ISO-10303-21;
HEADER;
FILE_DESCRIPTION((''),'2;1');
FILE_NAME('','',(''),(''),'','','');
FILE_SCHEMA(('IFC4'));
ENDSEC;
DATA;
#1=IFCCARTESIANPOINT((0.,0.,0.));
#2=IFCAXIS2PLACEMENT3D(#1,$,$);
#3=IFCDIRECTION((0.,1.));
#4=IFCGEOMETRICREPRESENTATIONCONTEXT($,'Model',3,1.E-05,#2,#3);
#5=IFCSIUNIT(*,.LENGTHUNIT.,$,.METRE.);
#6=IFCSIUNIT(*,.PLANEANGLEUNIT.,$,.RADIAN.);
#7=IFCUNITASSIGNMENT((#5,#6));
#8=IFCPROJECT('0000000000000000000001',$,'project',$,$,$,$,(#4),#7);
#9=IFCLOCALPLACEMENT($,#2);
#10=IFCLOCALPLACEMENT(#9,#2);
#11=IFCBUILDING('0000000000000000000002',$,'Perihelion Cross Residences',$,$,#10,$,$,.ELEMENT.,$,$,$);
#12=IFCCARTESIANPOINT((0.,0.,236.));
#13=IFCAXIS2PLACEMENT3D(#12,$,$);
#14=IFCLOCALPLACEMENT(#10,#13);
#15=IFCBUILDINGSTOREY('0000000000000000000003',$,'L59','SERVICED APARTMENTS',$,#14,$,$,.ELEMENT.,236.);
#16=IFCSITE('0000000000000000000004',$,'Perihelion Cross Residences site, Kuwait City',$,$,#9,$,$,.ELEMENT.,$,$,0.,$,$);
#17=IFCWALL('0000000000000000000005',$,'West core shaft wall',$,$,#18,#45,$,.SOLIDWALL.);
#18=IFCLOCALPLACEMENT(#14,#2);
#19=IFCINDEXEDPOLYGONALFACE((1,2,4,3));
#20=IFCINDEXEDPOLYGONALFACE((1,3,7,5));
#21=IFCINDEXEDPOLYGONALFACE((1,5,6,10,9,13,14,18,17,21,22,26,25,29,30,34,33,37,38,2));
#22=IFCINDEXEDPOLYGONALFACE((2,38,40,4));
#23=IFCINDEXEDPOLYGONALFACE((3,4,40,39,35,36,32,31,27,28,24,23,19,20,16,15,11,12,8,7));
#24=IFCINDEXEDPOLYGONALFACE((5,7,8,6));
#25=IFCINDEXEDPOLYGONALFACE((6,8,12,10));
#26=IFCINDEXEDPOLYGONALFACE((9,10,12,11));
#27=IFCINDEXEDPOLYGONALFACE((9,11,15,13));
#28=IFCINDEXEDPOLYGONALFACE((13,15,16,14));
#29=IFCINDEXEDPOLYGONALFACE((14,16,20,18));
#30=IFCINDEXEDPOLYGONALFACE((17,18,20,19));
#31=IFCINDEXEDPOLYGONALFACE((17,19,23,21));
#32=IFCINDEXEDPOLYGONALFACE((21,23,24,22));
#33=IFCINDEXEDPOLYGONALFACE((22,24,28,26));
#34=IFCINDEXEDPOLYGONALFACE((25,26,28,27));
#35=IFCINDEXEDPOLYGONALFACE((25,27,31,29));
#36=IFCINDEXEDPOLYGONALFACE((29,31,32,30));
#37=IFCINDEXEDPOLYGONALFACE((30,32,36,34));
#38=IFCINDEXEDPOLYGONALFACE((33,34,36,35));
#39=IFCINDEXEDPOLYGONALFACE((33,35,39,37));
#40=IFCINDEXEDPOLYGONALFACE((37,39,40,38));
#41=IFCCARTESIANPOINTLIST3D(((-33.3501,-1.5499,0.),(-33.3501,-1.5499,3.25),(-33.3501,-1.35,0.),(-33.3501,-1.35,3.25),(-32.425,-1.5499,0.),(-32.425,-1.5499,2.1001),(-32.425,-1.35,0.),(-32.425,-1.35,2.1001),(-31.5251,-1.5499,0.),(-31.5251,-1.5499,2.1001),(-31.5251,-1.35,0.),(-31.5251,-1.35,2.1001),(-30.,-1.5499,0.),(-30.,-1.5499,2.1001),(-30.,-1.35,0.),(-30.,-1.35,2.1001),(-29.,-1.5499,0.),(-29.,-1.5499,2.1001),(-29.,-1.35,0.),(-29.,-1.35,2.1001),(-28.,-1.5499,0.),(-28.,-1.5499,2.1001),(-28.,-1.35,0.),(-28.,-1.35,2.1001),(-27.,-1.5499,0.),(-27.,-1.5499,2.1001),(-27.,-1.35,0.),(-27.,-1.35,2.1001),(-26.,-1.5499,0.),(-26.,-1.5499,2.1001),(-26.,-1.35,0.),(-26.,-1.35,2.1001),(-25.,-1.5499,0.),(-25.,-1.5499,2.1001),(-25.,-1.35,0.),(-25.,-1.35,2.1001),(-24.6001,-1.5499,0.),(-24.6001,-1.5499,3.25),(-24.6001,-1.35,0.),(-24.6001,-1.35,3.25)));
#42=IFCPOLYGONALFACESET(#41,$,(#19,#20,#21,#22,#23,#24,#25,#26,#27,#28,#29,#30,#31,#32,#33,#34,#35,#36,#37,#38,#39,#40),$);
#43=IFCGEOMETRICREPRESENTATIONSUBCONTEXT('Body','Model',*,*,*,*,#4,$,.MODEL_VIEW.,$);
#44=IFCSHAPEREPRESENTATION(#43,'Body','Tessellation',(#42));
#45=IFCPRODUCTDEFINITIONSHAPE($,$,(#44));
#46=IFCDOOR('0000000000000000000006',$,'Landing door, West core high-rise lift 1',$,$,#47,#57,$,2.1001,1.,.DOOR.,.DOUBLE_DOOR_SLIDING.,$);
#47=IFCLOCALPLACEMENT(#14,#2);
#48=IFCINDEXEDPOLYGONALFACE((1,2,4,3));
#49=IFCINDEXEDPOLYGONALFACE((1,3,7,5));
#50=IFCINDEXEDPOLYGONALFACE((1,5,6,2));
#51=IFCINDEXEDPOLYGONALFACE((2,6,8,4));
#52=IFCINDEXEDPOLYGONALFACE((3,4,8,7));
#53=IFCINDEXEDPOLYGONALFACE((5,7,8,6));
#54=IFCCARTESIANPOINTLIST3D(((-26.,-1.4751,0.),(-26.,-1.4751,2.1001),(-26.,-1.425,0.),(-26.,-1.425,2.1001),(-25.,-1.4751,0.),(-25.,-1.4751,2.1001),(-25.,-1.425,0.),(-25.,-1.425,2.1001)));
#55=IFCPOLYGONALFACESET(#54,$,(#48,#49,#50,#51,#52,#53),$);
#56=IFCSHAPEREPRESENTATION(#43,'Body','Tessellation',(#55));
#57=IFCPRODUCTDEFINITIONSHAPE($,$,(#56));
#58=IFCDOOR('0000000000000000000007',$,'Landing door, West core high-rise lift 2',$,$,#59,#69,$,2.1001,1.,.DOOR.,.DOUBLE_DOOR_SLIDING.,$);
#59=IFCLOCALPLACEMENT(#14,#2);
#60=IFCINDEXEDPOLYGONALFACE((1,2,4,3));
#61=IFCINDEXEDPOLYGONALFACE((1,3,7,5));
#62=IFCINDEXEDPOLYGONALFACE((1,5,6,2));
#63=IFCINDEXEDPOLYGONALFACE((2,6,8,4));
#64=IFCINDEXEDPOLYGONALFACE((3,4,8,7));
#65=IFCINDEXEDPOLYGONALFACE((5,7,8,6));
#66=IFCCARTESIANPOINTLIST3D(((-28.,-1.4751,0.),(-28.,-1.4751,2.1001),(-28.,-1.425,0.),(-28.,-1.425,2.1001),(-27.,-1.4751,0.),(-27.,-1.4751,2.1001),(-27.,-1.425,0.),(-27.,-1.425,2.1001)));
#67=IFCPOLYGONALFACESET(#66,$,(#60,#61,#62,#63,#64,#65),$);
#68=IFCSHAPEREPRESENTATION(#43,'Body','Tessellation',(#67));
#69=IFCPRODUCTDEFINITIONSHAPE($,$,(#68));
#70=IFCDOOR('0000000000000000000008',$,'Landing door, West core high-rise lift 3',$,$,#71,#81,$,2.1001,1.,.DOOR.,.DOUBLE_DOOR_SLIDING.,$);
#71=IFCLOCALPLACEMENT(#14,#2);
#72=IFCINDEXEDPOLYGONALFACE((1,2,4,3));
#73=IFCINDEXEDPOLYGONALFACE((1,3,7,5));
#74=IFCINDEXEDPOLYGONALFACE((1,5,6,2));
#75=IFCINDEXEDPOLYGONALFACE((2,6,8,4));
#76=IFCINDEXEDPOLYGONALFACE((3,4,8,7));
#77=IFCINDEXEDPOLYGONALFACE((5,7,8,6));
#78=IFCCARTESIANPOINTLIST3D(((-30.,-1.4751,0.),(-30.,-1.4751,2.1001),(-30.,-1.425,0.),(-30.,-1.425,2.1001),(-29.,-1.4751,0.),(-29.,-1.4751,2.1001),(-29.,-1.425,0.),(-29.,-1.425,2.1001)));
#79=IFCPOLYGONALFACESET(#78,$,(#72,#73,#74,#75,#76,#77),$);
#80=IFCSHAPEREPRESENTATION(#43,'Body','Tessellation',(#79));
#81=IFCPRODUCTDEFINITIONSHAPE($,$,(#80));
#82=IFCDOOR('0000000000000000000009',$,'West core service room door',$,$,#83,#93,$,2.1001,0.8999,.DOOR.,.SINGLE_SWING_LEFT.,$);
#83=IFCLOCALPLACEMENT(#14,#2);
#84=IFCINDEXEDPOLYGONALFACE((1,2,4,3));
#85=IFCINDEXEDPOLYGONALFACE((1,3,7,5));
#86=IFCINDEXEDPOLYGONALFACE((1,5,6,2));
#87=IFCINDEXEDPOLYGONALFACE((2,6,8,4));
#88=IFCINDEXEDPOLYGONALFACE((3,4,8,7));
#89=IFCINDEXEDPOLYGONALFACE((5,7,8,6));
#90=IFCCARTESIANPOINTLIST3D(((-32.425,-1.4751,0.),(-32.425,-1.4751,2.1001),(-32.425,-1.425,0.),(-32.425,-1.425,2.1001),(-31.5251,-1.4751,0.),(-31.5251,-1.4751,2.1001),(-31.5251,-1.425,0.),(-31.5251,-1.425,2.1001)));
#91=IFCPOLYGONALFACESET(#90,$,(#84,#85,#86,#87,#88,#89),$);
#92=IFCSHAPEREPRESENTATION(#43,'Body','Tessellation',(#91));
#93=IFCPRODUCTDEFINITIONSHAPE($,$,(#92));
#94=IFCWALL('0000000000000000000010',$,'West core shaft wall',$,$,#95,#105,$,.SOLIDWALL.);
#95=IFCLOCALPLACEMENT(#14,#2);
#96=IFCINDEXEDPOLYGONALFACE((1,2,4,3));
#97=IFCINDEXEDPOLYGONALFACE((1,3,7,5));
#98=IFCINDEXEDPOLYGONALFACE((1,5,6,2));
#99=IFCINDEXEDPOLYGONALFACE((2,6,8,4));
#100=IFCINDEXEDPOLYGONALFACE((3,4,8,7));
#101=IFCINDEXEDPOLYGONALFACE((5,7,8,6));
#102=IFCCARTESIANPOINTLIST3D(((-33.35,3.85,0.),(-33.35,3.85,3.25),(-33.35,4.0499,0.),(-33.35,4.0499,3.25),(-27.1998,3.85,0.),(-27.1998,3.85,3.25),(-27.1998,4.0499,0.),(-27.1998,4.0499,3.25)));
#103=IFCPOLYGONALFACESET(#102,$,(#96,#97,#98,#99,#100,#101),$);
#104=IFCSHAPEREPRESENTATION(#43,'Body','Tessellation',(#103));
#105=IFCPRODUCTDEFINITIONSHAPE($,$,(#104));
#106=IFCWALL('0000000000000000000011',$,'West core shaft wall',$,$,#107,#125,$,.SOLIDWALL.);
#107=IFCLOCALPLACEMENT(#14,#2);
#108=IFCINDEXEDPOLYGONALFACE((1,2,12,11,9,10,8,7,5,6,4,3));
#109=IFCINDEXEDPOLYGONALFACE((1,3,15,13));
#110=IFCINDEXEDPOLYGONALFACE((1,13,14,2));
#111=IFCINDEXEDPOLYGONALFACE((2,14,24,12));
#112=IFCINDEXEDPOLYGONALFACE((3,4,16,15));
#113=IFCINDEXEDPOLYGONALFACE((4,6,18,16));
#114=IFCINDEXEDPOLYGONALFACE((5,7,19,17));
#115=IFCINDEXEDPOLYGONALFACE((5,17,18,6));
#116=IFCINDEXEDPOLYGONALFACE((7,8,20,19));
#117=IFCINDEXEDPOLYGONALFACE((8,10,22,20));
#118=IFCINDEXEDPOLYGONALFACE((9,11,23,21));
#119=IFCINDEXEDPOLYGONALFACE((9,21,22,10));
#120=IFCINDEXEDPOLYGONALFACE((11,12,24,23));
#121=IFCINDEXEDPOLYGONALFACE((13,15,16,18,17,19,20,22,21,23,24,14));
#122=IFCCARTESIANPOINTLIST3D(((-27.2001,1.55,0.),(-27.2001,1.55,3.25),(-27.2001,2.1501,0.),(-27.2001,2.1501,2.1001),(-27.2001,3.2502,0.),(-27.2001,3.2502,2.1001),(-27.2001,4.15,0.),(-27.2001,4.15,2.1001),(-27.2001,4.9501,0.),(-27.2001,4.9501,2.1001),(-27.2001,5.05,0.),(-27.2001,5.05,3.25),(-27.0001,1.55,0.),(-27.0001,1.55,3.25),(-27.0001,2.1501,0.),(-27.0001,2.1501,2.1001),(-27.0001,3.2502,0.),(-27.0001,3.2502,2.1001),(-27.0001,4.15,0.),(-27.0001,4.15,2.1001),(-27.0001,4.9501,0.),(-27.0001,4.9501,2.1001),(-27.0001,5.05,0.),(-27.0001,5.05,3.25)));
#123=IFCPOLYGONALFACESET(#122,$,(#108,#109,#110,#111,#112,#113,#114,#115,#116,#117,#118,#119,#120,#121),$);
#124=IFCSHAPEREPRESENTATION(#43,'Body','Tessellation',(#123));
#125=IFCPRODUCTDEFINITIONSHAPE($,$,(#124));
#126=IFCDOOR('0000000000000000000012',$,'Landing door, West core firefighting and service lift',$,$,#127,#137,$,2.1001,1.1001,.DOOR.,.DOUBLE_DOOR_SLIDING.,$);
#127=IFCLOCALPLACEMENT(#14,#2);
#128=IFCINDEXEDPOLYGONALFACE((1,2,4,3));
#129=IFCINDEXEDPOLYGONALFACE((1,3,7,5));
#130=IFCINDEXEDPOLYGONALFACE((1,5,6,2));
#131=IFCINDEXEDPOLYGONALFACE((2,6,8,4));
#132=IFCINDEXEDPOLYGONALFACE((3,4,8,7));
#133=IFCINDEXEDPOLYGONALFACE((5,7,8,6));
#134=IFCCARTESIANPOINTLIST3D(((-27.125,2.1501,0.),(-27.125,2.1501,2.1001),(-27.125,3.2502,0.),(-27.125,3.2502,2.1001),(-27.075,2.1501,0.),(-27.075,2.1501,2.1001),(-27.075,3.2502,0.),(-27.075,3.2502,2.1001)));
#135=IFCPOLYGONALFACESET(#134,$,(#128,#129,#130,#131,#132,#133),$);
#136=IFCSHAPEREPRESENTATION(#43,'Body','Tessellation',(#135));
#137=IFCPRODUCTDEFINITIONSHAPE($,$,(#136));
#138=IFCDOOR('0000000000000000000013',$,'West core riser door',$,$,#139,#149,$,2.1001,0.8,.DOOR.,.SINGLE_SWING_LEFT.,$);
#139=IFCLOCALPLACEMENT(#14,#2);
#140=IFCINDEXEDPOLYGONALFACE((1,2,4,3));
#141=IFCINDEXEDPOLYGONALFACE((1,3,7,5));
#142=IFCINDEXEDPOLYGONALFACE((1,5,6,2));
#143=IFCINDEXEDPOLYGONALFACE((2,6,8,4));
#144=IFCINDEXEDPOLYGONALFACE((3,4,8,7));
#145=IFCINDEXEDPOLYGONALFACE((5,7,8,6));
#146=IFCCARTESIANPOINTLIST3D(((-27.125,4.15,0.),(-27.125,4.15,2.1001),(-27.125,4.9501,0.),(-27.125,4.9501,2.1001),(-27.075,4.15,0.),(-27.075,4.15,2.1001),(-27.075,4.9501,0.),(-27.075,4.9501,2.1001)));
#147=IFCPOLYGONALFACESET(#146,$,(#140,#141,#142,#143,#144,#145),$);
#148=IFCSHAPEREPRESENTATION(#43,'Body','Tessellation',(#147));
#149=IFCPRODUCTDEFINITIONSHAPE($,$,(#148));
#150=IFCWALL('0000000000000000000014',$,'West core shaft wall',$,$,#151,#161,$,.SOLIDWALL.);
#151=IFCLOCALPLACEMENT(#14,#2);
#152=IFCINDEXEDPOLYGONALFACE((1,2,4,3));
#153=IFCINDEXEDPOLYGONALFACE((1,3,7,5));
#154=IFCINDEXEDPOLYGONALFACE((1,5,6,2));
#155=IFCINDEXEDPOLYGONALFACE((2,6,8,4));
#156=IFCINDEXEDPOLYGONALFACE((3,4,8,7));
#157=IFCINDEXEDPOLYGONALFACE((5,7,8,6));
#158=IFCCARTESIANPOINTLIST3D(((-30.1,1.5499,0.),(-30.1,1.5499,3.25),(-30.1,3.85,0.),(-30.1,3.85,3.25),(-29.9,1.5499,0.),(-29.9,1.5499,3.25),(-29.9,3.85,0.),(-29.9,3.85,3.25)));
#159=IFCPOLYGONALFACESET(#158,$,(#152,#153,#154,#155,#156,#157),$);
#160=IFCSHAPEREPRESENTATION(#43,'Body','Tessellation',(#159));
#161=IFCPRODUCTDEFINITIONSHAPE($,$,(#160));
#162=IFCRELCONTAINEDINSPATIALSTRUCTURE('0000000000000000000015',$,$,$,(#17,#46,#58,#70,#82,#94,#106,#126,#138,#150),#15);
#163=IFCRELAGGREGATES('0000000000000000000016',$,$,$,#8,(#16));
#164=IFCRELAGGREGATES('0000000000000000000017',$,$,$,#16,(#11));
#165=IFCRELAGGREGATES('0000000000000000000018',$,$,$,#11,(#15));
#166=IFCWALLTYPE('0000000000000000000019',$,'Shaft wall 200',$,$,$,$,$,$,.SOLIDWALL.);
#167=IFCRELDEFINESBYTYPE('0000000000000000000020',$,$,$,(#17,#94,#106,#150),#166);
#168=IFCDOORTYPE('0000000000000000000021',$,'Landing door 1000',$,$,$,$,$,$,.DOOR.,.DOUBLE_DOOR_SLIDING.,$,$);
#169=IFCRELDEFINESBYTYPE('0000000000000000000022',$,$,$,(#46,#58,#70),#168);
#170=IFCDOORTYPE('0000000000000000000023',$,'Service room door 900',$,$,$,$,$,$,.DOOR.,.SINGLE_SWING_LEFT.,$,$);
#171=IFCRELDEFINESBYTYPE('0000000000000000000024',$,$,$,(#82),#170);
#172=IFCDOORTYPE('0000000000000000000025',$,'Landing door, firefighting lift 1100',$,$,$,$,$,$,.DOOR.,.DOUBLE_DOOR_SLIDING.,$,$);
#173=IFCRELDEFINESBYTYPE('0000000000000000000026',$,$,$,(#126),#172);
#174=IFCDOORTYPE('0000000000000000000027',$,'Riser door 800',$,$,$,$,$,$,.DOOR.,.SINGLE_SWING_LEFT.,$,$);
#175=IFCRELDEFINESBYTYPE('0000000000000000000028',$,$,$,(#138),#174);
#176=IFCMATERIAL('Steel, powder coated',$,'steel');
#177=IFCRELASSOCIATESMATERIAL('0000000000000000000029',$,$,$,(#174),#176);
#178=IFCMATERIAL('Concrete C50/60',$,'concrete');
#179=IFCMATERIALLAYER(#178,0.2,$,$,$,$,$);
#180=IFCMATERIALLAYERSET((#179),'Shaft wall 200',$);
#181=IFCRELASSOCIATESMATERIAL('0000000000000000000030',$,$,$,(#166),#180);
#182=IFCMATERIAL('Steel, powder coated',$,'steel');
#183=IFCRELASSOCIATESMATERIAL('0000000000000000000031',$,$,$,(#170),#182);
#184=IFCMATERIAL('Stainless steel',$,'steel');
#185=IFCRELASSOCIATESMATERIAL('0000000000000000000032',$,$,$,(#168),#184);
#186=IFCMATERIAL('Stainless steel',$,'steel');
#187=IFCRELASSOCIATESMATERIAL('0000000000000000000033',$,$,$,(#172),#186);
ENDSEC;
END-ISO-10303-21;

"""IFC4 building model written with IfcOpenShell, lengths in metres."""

from ifc_helpers import new_model, si_unit, direction, frame, frame_2d, origin, place, context, subcontext, project, spatial, rectangle, extrude, material, layer, layer_set, type_object, element, fill, save


model = new_model("IFC4")

# Units and contexts
model_context = context("Model", 3, precision=1e-05, world=origin(), true_north=direction((0.0, 1.0)))
body_context = subcontext(model_context, "Body", "Model", "MODEL_VIEW")
ifc_project = project(units=[si_unit("LENGTHUNIT", "METRE"), si_unit("PLANEANGLEUNIT", "RADIAN")], contexts=[model_context])

# Site, building, storey
site_placement = place(None, origin())
site = spatial("IfcSite", under=ifc_project, at=site_placement, Name="Perihelion Cross Residences site, Kuwait City", CompositionType="ELEMENT", RefElevation=0.0)
building_placement = place(site_placement, origin())
building = spatial("IfcBuilding", under=site, at=building_placement, Name="Perihelion Cross Residences", CompositionType="ELEMENT")
storey_placement = place(building_placement, frame((0.0, 0.0, 236.0)))
storey = spatial("IfcBuildingStorey", under=building, at=storey_placement, Name="L59", Description="SERVICED APARTMENTS", CompositionType="ELEMENT", Elevation=236.0)

# Shared definitions
ifc_material_1 = material(Name="Steel, powder coated", Category="steel")
door_type_1 = type_object("IfcDoorType", Name="Riser door 800", OperationType="SINGLE_SWING_LEFT", PredefinedType="DOOR", material=ifc_material_1)

# Wall, openings, doors
ifc_material_2 = material(Name="Concrete C50/60", Category="concrete")
ifc_layer_1 = layer(ifc_material_2, 0.2)
ifc_layer_set_1 = layer_set([ifc_layer_1], Name="Shaft wall 200")
wall_type_1 = type_object("IfcWallType", Name="Shaft wall 200", PredefinedType="SOLIDWALL", material=ifc_layer_set_1)
ifc_material_3 = material(Name="Steel, powder coated", Category="steel")
door_type_2 = type_object("IfcDoorType", Name="Service room door 900", OperationType="SINGLE_SWING_LEFT", PredefinedType="DOOR", material=ifc_material_3)
wall_1_placement = place(storey_placement, frame((-33.3501, -1.45, 0.0), z_axis=(0.0, 0.0, 1.0), x_axis=(1.0, 0.0, 0.0)))
wall_1 = element("IfcWall", 1, at=wall_1_placement, inside=storey, type_object=wall_type_1, Name="West core shaft wall", PredefinedType="SOLIDWALL", context=body_context, shape_type="SweptSolid", body=[
    extrude(rectangle(XDim=8.75, YDim=0.2, at=frame_2d((4.375, 0.0))), origin(), (0.0, 0.0, 1.0), 3.25),
])
opening_1_placement = place(wall_1_placement, frame((7.3501, 0.0, 0.0)))
opening_1 = element("IfcOpeningElement", 2, at=opening_1_placement, cuts=wall_1, PredefinedType="OPENING", context=body_context, shape_type="SweptSolid", body=[
    extrude(rectangle(XDim=1.0, YDim=2.1001, at=frame_2d((0.5, 1.05))), frame((0.0, 0.1099, 0.0), z_axis=(0.0, -1.0, 0.0), x_axis=(1.0, 0.0, 0.0)), (0.0, 0.0, 1.0), 0.22),
])
opening_2_placement = place(wall_1_placement, frame((5.3501, 0.0, 0.0)))
opening_2 = element("IfcOpeningElement", 3, at=opening_2_placement, cuts=wall_1, PredefinedType="OPENING", context=body_context, shape_type="SweptSolid", body=[
    extrude(rectangle(XDim=1.0, YDim=2.1001, at=frame_2d((0.5, 1.05))), frame((0.0, 0.1099, 0.0), z_axis=(0.0, -1.0, 0.0), x_axis=(1.0, 0.0, 0.0)), (0.0, 0.0, 1.0), 0.22),
])
opening_3_placement = place(wall_1_placement, frame((3.3501, 0.0, 0.0)))
opening_3 = element("IfcOpeningElement", 4, at=opening_3_placement, cuts=wall_1, PredefinedType="OPENING", context=body_context, shape_type="SweptSolid", body=[
    extrude(rectangle(XDim=1.0, YDim=2.1001, at=frame_2d((0.5, 1.05))), frame((0.0, 0.1099, 0.0), z_axis=(0.0, -1.0, 0.0), x_axis=(1.0, 0.0, 0.0)), (0.0, 0.0, 1.0), 0.22),
])
opening_4_placement = place(wall_1_placement, frame((0.925, 0.0, 0.0)))
opening_4 = element("IfcOpeningElement", 5, at=opening_4_placement, cuts=wall_1, PredefinedType="OPENING", context=body_context, shape_type="SweptSolid", body=[
    extrude(rectangle(XDim=0.8999, YDim=2.1001, at=frame_2d((0.45, 1.05))), frame((0.0, 0.1099, 0.0), z_axis=(0.0, -1.0, 0.0), x_axis=(1.0, 0.0, 0.0)), (0.0, 0.0, 1.0), 0.22),
])
ifc_material_4 = material(Name="Stainless steel", Category="steel")
door_type_3 = type_object("IfcDoorType", Name="Landing door 1000", OperationType="DOUBLE_DOOR_SLIDING", PredefinedType="DOOR", material=ifc_material_4)
door_1_placement = place(opening_1_placement, origin())
door_1 = element("IfcDoor", 6, at=door_1_placement, inside=storey, type_object=door_type_3, Name="Landing door, West core high-rise lift 1", OperationType="DOUBLE_DOOR_SLIDING", OverallHeight=2.1001, OverallWidth=1.0, PredefinedType="DOOR", context=body_context, shape_type="SweptSolid", body=[
    extrude(rectangle(XDim=1.0, YDim=2.1001, at=frame_2d((0.5, 1.05))), frame((0.0, 0.0249, 0.0), z_axis=(0.0, -1.0, 0.0), x_axis=(1.0, 0.0, 0.0)), (0.0, 0.0, 1.0), 0.05),
])
fill(opening_1, door_1)
door_2_placement = place(opening_2_placement, origin())
door_2 = element("IfcDoor", 7, at=door_2_placement, inside=storey, type_object=door_type_3, Name="Landing door, West core high-rise lift 2", OperationType="DOUBLE_DOOR_SLIDING", OverallHeight=2.1001, OverallWidth=1.0, PredefinedType="DOOR", context=body_context, shape_type="SweptSolid", body=[
    extrude(rectangle(XDim=1.0, YDim=2.1001, at=frame_2d((0.5, 1.05))), frame((0.0, 0.0249, 0.0), z_axis=(0.0, -1.0, 0.0), x_axis=(1.0, 0.0, 0.0)), (0.0, 0.0, 1.0), 0.05),
])
fill(opening_2, door_2)
door_3_placement = place(opening_3_placement, origin())
door_3 = element("IfcDoor", 8, at=door_3_placement, inside=storey, type_object=door_type_3, Name="Landing door, West core high-rise lift 3", OperationType="DOUBLE_DOOR_SLIDING", OverallHeight=2.1001, OverallWidth=1.0, PredefinedType="DOOR", context=body_context, shape_type="SweptSolid", body=[
    extrude(rectangle(XDim=1.0, YDim=2.1001, at=frame_2d((0.5, 1.05))), frame((0.0, 0.0249, 0.0), z_axis=(0.0, -1.0, 0.0), x_axis=(1.0, 0.0, 0.0)), (0.0, 0.0, 1.0), 0.05),
])
fill(opening_3, door_3)
door_4_placement = place(opening_4_placement, origin())
door_4 = element("IfcDoor", 9, at=door_4_placement, inside=storey, type_object=door_type_2, Name="West core service room door", OperationType="SINGLE_SWING_LEFT", OverallHeight=2.1001, OverallWidth=0.8999, PredefinedType="DOOR", context=body_context, shape_type="SweptSolid", body=[
    extrude(rectangle(XDim=0.8999, YDim=2.1001, at=frame_2d((0.45, 1.05))), frame((0.0, 0.0249, 0.0), z_axis=(0.0, -1.0, 0.0), x_axis=(1.0, 0.0, 0.0)), (0.0, 0.0, 1.0), 0.05),
])
fill(opening_4, door_4)

# Wall
wall_2_placement = place(storey_placement, frame((-33.3501, 3.95, 0.0), z_axis=(0.0, 0.0, 1.0), x_axis=(1.0, 0.0, 0.0)))
element("IfcWall", 10, at=wall_2_placement, inside=storey, type_object=wall_type_1, Name="West core shaft wall", PredefinedType="SOLIDWALL", context=body_context, shape_type="SweptSolid", body=[
    extrude(rectangle(XDim=6.1501, YDim=0.2, at=frame_2d((3.0752, 0.0))), origin(), (0.0, 0.0, 1.0), 3.25),
])

# Wall, openings, doors
wall_3_placement = place(storey_placement, frame((-27.1001, 1.55, 0.0), z_axis=(0.0, 0.0, 1.0), x_axis=(0.0, 1.0, 0.0)))
wall_3 = element("IfcWall", 11, at=wall_3_placement, inside=storey, type_object=wall_type_1, Name="West core shaft wall", PredefinedType="SOLIDWALL", context=body_context, shape_type="SweptSolid", body=[
    extrude(rectangle(XDim=3.5, YDim=0.2, at=frame_2d((1.75, 0.0))), origin(), (0.0, 0.0, 1.0), 3.25),
])
opening_5_placement = place(wall_3_placement, frame((0.6001, 0.0, 0.0)))
opening_5 = element("IfcOpeningElement", 12, at=opening_5_placement, cuts=wall_3, PredefinedType="OPENING", context=body_context, shape_type="SweptSolid", body=[
    extrude(rectangle(XDim=1.1001, YDim=2.1001, at=frame_2d((0.55, 1.05))), frame((0.0, 0.1099, 0.0), z_axis=(0.0, -1.0, 0.0), x_axis=(1.0, 0.0, 0.0)), (0.0, 0.0, 1.0), 0.22),
])
opening_6_placement = place(wall_3_placement, frame((2.6001, 0.0, 0.0)))
opening_6 = element("IfcOpeningElement", 13, at=opening_6_placement, cuts=wall_3, PredefinedType="OPENING", context=body_context, shape_type="SweptSolid", body=[
    extrude(rectangle(XDim=0.8, YDim=2.1001, at=frame_2d((0.3999, 1.05))), frame((0.0, 0.1099, 0.0), z_axis=(0.0, -1.0, 0.0), x_axis=(1.0, 0.0, 0.0)), (0.0, 0.0, 1.0), 0.22),
])
ifc_material_5 = material(Name="Stainless steel", Category="steel")
door_type_4 = type_object("IfcDoorType", Name="Landing door, firefighting lift 1100", OperationType="DOUBLE_DOOR_SLIDING", PredefinedType="DOOR", material=ifc_material_5)
door_5_placement = place(opening_5_placement, origin())
door_5 = element("IfcDoor", 14, at=door_5_placement, inside=storey, type_object=door_type_4, Name="Landing door, West core firefighting and service lift", OperationType="DOUBLE_DOOR_SLIDING", OverallHeight=2.1001, OverallWidth=1.1001, PredefinedType="DOOR", context=body_context, shape_type="SweptSolid", body=[
    extrude(rectangle(XDim=1.1001, YDim=2.1001, at=frame_2d((0.55, 1.05))), frame((0.0, 0.0249, 0.0), z_axis=(0.0, -1.0, 0.0), x_axis=(1.0, 0.0, 0.0)), (0.0, 0.0, 1.0), 0.05),
])
fill(opening_5, door_5)
door_6_placement = place(opening_6_placement, origin())
door_6 = element("IfcDoor", 15, at=door_6_placement, inside=storey, type_object=door_type_1, Name="West core riser door", OperationType="SINGLE_SWING_LEFT", OverallHeight=2.1001, OverallWidth=0.8, PredefinedType="DOOR", context=body_context, shape_type="SweptSolid", body=[
    extrude(rectangle(XDim=0.8, YDim=2.1001, at=frame_2d((0.3999, 1.05))), frame((0.0, 0.0249, 0.0), z_axis=(0.0, -1.0, 0.0), x_axis=(1.0, 0.0, 0.0)), (0.0, 0.0, 1.0), 0.05),
])
fill(opening_6, door_6)

# Wall
for number, where, z_axis, x_axis, name in (
    (16, (-30.0, 1.55, 0.0), (0.0, 0.0, 1.0), (0.0, 1.0, 0.0), "West core shaft wall"),
):
    element("IfcWall", number, at=place(storey_placement, frame(where, z_axis=z_axis, x_axis=x_axis)), inside=storey, type_object=wall_type_1, Name=name, PredefinedType="SOLIDWALL", context=body_context, shape_type="SweptSolid", body=[
        extrude(rectangle(XDim=2.3, YDim=0.2, at=frame_2d((1.1499, 0.0))), origin(), (0.0, 0.0, 1.0), 3.25),
    ])

save(model, "model.ifc")
